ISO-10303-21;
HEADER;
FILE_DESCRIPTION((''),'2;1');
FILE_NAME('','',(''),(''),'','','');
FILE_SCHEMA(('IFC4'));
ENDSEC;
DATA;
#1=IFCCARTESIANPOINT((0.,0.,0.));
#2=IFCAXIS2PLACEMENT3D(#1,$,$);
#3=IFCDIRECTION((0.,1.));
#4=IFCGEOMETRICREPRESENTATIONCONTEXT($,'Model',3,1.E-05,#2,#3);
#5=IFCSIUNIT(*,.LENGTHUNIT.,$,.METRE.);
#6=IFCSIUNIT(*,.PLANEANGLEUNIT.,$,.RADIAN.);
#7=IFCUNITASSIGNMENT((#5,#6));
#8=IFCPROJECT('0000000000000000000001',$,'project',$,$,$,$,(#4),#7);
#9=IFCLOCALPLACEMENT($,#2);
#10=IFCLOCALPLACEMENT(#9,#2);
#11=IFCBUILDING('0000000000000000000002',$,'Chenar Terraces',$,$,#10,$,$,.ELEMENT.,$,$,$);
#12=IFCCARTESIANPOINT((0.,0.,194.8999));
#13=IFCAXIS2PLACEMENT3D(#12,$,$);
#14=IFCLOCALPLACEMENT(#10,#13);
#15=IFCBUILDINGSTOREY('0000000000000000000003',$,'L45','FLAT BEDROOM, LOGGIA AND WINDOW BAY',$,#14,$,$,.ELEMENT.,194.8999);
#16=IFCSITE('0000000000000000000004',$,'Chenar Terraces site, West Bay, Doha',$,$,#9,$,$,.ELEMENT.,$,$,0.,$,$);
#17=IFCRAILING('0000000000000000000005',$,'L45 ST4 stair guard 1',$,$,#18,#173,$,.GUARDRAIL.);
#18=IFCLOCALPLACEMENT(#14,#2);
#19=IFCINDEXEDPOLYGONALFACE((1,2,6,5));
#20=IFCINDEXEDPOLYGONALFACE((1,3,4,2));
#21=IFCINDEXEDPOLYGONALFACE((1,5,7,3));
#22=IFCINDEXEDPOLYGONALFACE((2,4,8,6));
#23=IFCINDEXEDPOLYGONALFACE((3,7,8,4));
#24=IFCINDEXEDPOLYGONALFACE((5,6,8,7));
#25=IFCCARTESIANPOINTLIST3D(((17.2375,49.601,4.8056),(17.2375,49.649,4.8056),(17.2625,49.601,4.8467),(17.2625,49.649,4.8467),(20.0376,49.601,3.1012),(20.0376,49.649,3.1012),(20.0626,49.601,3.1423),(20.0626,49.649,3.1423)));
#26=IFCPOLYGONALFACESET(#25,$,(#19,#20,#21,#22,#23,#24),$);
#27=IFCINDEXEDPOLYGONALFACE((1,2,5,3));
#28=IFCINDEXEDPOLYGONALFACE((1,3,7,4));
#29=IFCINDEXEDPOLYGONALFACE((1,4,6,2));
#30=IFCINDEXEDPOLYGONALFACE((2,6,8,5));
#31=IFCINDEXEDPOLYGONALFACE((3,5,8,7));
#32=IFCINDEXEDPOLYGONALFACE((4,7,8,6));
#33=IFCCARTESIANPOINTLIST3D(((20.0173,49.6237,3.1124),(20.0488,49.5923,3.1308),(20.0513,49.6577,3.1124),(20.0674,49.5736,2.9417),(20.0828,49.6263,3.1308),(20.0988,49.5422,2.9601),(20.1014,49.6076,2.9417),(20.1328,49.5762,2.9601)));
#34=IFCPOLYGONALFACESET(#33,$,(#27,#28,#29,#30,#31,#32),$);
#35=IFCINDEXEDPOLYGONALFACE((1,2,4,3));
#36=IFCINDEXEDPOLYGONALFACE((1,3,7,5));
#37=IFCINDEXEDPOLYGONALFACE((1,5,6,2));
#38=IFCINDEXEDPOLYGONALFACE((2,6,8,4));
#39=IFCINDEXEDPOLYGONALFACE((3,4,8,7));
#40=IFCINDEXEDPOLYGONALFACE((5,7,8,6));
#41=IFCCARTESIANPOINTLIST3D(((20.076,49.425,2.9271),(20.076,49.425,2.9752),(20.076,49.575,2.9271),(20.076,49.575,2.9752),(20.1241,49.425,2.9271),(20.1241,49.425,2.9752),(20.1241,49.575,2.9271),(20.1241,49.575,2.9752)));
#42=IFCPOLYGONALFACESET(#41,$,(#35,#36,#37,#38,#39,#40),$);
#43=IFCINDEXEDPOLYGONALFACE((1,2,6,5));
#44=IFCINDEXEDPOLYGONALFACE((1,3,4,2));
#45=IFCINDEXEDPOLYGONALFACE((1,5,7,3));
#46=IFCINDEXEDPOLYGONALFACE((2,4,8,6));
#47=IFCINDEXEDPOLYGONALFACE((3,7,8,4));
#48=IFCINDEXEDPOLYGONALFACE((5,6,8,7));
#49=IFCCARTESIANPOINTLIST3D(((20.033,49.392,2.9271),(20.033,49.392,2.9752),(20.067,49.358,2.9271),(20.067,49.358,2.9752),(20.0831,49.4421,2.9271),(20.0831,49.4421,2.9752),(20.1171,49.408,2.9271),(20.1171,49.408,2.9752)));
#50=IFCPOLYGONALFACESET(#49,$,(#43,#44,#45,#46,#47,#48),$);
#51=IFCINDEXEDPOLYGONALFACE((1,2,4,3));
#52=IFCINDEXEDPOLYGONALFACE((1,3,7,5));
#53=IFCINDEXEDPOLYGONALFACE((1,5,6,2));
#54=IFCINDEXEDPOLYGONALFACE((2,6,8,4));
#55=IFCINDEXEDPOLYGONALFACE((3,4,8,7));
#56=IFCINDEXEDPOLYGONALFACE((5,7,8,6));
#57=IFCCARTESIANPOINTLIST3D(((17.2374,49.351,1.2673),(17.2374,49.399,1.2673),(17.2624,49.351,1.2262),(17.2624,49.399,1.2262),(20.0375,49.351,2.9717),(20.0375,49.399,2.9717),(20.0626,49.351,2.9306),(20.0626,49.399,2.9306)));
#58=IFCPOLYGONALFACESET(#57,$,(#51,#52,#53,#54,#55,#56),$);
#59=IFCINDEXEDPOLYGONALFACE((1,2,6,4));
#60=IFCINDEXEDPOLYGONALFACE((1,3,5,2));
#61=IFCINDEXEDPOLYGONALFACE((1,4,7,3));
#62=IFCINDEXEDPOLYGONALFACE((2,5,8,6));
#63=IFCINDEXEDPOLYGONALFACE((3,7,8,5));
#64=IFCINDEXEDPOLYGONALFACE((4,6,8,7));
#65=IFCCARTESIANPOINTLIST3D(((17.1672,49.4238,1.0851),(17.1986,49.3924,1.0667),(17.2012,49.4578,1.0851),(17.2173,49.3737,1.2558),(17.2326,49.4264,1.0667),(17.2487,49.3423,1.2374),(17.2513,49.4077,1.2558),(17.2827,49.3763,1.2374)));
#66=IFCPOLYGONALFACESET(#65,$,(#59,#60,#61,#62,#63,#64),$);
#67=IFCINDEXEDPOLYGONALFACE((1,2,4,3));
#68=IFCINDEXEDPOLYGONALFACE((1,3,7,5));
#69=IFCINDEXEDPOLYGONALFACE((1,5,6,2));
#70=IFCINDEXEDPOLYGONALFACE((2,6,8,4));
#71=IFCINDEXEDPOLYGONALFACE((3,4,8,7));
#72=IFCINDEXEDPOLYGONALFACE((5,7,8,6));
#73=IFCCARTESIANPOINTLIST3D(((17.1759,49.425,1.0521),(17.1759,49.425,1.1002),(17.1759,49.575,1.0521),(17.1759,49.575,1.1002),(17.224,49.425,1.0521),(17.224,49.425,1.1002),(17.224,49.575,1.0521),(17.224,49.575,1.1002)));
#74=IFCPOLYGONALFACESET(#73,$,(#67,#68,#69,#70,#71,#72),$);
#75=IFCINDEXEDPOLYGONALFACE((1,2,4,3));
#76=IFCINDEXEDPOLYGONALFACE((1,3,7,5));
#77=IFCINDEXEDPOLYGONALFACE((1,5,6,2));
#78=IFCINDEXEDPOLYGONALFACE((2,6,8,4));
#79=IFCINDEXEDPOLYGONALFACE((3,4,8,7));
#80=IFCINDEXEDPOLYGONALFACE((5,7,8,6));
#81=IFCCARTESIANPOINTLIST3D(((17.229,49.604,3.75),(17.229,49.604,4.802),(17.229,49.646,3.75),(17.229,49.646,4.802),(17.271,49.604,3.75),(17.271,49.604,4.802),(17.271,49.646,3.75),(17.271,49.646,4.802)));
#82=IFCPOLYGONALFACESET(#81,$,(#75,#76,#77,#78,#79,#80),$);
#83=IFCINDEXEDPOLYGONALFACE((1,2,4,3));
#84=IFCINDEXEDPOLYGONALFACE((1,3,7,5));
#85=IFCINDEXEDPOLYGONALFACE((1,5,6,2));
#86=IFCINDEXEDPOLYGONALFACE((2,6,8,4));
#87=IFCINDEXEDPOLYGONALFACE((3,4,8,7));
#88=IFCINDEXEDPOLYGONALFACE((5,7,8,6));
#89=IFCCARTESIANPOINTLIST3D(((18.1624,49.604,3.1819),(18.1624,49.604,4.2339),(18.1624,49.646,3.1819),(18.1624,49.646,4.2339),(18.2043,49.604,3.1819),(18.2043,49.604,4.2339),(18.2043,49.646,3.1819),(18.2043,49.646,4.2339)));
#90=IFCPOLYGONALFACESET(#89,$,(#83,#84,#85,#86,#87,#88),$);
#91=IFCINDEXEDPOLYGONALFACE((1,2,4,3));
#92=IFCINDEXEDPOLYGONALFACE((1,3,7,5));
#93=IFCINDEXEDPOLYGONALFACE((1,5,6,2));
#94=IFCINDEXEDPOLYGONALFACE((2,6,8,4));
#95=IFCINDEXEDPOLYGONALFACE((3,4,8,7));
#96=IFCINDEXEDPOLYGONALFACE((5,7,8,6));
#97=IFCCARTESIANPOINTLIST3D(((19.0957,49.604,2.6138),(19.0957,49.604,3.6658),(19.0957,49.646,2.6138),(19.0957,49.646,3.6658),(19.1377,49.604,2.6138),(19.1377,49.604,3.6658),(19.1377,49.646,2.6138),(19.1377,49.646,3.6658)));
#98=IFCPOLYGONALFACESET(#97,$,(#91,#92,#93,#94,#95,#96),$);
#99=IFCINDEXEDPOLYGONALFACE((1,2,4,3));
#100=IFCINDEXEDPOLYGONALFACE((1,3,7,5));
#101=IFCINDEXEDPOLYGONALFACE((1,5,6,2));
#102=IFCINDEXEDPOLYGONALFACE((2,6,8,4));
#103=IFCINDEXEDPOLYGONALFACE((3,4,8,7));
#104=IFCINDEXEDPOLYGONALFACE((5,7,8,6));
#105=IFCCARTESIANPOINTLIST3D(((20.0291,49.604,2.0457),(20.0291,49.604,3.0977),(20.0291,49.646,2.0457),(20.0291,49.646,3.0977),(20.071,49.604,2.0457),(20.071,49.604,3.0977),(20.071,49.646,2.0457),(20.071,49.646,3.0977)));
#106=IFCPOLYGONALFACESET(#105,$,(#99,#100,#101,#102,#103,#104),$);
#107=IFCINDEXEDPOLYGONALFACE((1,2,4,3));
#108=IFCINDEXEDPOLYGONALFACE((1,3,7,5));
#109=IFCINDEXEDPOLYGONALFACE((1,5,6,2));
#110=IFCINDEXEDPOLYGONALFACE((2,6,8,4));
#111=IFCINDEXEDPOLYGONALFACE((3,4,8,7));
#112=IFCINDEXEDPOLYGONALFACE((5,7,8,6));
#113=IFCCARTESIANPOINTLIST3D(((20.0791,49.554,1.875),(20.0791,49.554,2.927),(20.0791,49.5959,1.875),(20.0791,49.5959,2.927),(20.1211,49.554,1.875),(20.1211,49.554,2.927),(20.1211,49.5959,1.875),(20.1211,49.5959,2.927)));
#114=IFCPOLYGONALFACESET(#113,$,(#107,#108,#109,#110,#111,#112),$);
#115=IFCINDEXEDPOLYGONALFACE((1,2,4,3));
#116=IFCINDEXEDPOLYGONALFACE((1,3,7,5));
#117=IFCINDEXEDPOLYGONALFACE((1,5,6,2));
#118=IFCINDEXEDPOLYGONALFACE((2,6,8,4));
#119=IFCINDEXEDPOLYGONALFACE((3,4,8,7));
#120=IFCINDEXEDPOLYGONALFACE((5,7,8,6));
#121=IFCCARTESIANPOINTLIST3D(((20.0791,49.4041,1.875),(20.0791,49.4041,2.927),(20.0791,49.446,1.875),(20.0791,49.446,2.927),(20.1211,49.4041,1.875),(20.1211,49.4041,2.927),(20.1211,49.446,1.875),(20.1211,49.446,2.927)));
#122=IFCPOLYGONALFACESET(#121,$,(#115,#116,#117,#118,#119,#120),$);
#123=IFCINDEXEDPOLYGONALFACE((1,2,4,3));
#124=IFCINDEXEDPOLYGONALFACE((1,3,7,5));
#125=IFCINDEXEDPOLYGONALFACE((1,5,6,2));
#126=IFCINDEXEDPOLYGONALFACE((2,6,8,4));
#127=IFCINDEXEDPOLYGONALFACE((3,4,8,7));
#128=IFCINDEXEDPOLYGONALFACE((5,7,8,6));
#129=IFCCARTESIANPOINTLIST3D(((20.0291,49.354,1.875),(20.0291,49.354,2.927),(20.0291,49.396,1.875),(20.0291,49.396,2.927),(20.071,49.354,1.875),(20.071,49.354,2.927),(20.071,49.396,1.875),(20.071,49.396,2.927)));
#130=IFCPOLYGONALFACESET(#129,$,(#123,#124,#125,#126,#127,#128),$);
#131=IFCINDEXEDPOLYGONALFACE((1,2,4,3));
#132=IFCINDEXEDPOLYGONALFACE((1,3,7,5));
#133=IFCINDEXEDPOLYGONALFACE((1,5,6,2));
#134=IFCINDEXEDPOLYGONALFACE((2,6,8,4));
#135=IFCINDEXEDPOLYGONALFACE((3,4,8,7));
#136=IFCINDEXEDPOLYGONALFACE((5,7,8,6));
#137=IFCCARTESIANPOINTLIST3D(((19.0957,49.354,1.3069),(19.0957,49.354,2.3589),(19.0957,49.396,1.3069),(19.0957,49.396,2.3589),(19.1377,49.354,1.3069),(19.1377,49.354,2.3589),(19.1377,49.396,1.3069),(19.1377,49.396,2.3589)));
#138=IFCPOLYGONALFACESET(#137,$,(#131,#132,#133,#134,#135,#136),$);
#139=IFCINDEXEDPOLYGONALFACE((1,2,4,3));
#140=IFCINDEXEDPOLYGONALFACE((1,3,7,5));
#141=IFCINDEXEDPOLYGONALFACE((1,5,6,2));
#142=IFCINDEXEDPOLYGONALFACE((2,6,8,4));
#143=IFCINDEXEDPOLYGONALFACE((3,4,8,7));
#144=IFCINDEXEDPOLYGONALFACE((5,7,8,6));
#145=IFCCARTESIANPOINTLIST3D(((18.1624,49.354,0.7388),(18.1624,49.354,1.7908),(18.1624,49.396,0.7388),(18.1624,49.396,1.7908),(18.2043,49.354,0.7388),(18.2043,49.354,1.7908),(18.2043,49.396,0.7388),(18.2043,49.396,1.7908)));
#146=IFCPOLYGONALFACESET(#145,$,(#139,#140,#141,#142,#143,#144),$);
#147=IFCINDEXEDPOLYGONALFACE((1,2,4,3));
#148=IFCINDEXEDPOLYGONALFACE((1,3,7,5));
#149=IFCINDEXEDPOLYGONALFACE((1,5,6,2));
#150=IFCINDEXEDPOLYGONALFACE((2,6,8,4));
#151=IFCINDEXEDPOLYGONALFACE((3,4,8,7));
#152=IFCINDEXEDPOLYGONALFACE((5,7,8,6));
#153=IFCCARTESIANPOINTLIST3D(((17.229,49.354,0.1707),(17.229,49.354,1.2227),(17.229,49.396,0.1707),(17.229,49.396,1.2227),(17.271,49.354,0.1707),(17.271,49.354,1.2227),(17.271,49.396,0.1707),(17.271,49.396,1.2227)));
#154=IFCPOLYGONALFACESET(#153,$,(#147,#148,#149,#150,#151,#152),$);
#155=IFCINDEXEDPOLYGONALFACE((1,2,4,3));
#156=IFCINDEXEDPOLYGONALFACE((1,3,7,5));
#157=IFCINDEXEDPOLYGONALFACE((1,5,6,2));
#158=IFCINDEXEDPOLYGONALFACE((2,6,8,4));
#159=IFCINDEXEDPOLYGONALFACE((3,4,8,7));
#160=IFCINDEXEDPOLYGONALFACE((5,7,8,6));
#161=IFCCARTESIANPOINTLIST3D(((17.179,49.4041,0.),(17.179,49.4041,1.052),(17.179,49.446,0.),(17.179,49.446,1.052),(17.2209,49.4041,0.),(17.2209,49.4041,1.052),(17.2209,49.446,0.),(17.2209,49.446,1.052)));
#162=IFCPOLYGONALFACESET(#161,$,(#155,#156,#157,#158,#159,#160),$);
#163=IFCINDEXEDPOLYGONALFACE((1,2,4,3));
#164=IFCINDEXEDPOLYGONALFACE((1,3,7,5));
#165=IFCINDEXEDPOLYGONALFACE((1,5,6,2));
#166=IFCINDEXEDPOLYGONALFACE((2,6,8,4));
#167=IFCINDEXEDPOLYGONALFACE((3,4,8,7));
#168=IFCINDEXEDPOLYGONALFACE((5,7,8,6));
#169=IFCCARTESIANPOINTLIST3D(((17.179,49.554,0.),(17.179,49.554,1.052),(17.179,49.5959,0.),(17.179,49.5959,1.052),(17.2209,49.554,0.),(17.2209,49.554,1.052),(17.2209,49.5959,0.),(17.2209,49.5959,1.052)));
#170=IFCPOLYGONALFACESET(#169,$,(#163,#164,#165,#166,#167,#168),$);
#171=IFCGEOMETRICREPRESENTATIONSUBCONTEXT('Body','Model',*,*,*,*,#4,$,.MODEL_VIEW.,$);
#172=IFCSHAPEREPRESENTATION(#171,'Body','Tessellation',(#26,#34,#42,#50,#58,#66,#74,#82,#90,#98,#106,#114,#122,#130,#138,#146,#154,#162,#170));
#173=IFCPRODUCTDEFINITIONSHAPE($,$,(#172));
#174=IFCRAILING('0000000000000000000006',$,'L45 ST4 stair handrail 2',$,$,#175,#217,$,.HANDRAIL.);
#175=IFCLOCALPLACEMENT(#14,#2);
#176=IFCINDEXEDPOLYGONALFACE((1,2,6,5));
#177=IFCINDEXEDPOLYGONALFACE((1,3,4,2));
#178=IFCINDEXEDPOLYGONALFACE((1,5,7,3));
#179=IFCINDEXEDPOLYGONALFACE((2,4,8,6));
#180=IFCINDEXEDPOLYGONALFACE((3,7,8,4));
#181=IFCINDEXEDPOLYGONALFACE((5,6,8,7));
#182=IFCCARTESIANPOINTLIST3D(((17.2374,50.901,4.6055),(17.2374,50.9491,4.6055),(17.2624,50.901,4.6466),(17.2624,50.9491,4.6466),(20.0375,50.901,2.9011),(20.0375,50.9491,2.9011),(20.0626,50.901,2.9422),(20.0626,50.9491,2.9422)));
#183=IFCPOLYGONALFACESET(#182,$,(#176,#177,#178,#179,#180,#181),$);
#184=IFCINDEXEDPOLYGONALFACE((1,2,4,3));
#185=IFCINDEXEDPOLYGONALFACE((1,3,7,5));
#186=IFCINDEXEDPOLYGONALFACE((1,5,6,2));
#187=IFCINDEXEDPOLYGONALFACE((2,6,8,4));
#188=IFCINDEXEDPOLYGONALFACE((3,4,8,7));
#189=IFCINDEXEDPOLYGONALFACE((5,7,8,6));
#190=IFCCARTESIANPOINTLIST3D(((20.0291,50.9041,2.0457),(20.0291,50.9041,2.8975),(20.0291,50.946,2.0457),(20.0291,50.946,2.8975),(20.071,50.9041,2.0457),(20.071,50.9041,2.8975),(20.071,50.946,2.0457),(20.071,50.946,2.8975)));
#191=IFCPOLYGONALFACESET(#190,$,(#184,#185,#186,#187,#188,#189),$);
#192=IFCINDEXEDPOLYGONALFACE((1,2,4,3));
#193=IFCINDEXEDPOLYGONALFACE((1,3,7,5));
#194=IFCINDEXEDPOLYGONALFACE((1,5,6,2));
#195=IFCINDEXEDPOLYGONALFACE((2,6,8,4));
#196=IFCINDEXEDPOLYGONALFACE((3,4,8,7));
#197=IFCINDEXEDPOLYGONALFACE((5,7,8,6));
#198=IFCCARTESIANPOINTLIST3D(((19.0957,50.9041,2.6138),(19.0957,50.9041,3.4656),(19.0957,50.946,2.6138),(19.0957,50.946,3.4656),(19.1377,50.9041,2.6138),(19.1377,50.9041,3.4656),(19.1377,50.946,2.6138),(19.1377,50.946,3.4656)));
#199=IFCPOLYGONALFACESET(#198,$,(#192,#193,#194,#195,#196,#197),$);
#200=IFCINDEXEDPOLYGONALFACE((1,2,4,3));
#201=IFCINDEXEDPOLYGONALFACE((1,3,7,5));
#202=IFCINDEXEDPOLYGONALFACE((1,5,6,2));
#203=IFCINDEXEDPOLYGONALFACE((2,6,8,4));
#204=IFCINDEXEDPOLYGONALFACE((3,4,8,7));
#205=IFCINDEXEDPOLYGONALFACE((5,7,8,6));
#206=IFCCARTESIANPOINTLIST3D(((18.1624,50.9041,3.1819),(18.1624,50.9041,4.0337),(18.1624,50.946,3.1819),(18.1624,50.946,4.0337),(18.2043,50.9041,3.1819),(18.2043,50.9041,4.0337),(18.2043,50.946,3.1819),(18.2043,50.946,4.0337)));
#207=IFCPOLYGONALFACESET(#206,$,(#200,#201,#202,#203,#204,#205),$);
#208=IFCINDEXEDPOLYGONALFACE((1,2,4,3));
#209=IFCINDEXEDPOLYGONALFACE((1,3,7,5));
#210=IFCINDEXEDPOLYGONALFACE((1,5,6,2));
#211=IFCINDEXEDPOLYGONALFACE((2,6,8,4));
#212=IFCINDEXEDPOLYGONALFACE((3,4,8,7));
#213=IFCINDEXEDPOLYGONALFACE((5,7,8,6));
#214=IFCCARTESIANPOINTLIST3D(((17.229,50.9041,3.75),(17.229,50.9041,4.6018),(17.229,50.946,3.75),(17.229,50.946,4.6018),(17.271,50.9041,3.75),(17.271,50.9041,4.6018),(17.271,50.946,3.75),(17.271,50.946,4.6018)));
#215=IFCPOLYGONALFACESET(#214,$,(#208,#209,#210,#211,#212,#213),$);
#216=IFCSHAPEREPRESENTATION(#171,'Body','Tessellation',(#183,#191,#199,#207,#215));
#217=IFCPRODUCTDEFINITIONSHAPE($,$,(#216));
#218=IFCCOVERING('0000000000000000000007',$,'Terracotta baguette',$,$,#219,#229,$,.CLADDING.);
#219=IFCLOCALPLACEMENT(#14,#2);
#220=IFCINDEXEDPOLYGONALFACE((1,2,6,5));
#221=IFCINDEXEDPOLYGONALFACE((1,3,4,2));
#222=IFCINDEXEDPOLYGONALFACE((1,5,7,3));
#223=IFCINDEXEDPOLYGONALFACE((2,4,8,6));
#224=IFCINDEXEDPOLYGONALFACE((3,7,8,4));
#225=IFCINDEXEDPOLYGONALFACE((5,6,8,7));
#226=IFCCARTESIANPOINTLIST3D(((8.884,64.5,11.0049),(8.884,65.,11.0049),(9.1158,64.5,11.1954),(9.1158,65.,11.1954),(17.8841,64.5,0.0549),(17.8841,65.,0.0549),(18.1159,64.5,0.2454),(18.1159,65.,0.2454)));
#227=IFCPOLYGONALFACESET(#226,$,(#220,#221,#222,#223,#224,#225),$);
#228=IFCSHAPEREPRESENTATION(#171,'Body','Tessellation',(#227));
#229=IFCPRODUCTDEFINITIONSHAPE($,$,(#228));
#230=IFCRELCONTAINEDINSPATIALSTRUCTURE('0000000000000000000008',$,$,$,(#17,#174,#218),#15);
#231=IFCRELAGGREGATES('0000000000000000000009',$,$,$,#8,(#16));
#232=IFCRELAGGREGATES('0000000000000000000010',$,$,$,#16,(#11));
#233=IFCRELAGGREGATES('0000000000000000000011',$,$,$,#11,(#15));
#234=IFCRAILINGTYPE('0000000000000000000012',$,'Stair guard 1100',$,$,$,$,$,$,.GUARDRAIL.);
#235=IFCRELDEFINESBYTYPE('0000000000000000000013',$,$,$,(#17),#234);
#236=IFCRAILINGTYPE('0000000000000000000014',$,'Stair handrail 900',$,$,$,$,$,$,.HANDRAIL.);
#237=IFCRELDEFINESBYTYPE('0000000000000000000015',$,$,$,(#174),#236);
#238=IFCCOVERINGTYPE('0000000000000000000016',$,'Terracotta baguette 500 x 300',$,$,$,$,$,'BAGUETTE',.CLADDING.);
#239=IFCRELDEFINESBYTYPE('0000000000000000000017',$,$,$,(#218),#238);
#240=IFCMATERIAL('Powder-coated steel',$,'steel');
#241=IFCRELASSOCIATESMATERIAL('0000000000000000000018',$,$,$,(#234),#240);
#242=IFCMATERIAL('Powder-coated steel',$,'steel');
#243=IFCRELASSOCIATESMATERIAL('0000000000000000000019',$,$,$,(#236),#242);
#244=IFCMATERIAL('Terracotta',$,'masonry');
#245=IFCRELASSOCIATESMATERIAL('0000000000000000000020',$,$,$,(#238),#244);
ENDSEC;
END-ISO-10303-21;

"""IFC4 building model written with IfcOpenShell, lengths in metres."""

from ifc_helpers import new_model, si_unit, direction, frame, origin, origin_2d, place, context, subcontext, project, spatial, rectangle, extrude, material, material_profile, profile_set, type_object, element, save


model = new_model("IFC4")

# Units and contexts
model_context = context("Model", 3, precision=1e-05, world=origin(), true_north=direction((0.0, 1.0)))
body_context = subcontext(model_context, "Body", "Model", "MODEL_VIEW")
ifc_project = project(units=[si_unit("LENGTHUNIT", "METRE"), si_unit("PLANEANGLEUNIT", "RADIAN")], contexts=[model_context])

# Site, building, storey
site_placement = place(None, origin())
site = spatial("IfcSite", under=ifc_project, at=site_placement, Name="Chenar Terraces site, West Bay, Doha", CompositionType="ELEMENT", RefElevation=0.0)
building_placement = place(site_placement, origin())
building = spatial("IfcBuilding", under=site, at=building_placement, Name="Chenar Terraces", CompositionType="ELEMENT")
storey_placement = place(building_placement, frame((0.0, 0.0, 194.8999)))
storey = spatial("IfcBuildingStorey", under=building, at=storey_placement, Name="L45", Description="FLAT BEDROOM, LOGGIA AND WINDOW BAY", CompositionType="ELEMENT", Elevation=194.8999)

# Railings
ifc_material_1 = material(Name="Powder-coated steel", Category="steel")
railing_type_1 = type_object("IfcRailingType", Name="Stair guard 1100", PredefinedType="GUARDRAIL", material=ifc_material_1)
railing_1_placement = place(storey_placement, frame((17.25, 49.625, 3.75)))
element("IfcRailing", 1, at=railing_1_placement, inside=storey, type_object=railing_type_1, Name="L45 ST4 stair guard 1", PredefinedType="GUARDRAIL", context=body_context, shape_type="SweptSolid", body=[
    extrude(rectangle(XDim=0.0481, YDim=0.0481, at=origin_2d()), frame((0.0, 0.0, 1.0762), z_axis=(0.854203, 0.0, -0.51994), x_axis=(0.0, 1.0, 0.0)), (0.0, 0.0, 1.0), 3.2781),
    extrude(rectangle(XDim=0.0481, YDim=0.0481, at=origin_2d()), frame((2.8, 0.0, -0.6284), z_axis=(0.2709, -0.2709, -0.923703), x_axis=(0.707107, 0.707107, 0.0)), (0.0, 0.0, 1.0), 0.1848),
    extrude(rectangle(XDim=0.0481, YDim=0.0481, at=origin_2d()), frame((2.8501, -0.05, -0.7988), z_axis=(0.0, -1.0, 0.0), x_axis=(1.0, 0.0, 0.0)), (0.0, 0.0, 1.0), 0.1499),
    extrude(rectangle(XDim=0.0481, YDim=0.0481, at=origin_2d()), frame((2.8501, -0.2, -0.7988), z_axis=(-0.707107, -0.707107, 0.0), x_axis=(0.707107, -0.707107, 0.0)), (0.0, 0.0, 1.0), 0.0708),
    extrude(rectangle(XDim=0.0481, YDim=0.0481, at=origin_2d()), frame((2.8, -0.25, -0.7988), z_axis=(-0.854203, 0.0, -0.51994), x_axis=(0.0, -1.0, 0.0)), (0.0, 0.0, 1.0), 3.2781),
    extrude(rectangle(XDim=0.0481, YDim=0.0481, at=origin_2d()), frame((0.0, -0.25, -2.5034), z_axis=(-0.2709, 0.2709, -0.923703), x_axis=(-0.707107, -0.707107, 0.0)), (0.0, 0.0, 1.0), 0.1848),
    extrude(rectangle(XDim=0.0481, YDim=0.0481, at=origin_2d()), frame((-0.05, -0.2, -2.6738), z_axis=(0.0, 1.0, 0.0), x_axis=(-1.0, 0.0, 0.0)), (0.0, 0.0, 1.0), 0.1499),
    extrude(rectangle(XDim=0.042, YDim=0.042, at=origin_2d()), origin(), (0.0, 0.0, 1.0), 1.052),
    extrude(rectangle(XDim=0.042, YDim=0.042, at=origin_2d()), frame((0.9333, 0.0, -0.5681)), (0.0, 0.0, 1.0), 1.052),
    extrude(rectangle(XDim=0.042, YDim=0.042, at=origin_2d()), frame((1.8667, 0.0, -1.1362)), (0.0, 0.0, 1.0), 1.052),
    extrude(rectangle(XDim=0.042, YDim=0.042, at=origin_2d()), frame((2.8, 0.0, -1.7043)), (0.0, 0.0, 1.0), 1.052),
    extrude(rectangle(XDim=0.042, YDim=0.042, at=origin_2d()), frame((2.8501, -0.05, -1.875)), (0.0, 0.0, 1.0), 1.052),
    extrude(rectangle(XDim=0.042, YDim=0.042, at=origin_2d()), frame((2.8501, -0.2, -1.875)), (0.0, 0.0, 1.0), 1.052),
    extrude(rectangle(XDim=0.042, YDim=0.042, at=origin_2d()), frame((2.8, -0.25, -1.875)), (0.0, 0.0, 1.0), 1.052),
    extrude(rectangle(XDim=0.042, YDim=0.042, at=origin_2d()), frame((1.8667, -0.25, -2.4431)), (0.0, 0.0, 1.0), 1.052),
    extrude(rectangle(XDim=0.042, YDim=0.042, at=origin_2d()), frame((0.9333, -0.25, -3.0112)), (0.0, 0.0, 1.0), 1.052),
    extrude(rectangle(XDim=0.042, YDim=0.042, at=origin_2d()), frame((0.0, -0.25, -3.5793)), (0.0, 0.0, 1.0), 1.052),
    extrude(rectangle(XDim=0.042, YDim=0.042, at=origin_2d()), frame((-0.05, -0.2, -3.75)), (0.0, 0.0, 1.0), 1.052),
    extrude(rectangle(XDim=0.042, YDim=0.042, at=origin_2d()), frame((-0.05, -0.05, -3.75)), (0.0, 0.0, 1.0), 1.052),
])
ifc_material_2 = material(Name="Powder-coated steel", Category="steel")
railing_type_2 = type_object("IfcRailingType", Name="Stair handrail 900", PredefinedType="HANDRAIL", material=ifc_material_2)
railing_2_placement = place(storey_placement, frame((20.05, 50.925, 2.0457)))
element("IfcRailing", 2, at=railing_2_placement, inside=storey, type_object=railing_type_2, Name="L45 ST4 stair handrail 2", PredefinedType="HANDRAIL", context=body_context, shape_type="SweptSolid", body=[
    extrude(rectangle(XDim=0.0481, YDim=0.0481, at=origin_2d()), frame((0.0, 0.0, 0.876), z_axis=(-0.854203, 0.0, 0.51994), x_axis=(0.0, -1.0, 0.0)), (0.0, 0.0, 1.0), 3.2781),
    extrude(rectangle(XDim=0.042, YDim=0.042, at=origin_2d()), origin(), (0.0, 0.0, 1.0), 0.8518),
    extrude(rectangle(XDim=0.042, YDim=0.042, at=origin_2d()), frame((-0.9333, 0.0, 0.5681)), (0.0, 0.0, 1.0), 0.8518),
    extrude(rectangle(XDim=0.042, YDim=0.042, at=origin_2d()), frame((-1.8667, 0.0, 1.1362)), (0.0, 0.0, 1.0), 0.8518),
    extrude(rectangle(XDim=0.042, YDim=0.042, at=origin_2d()), frame((-2.8, 0.0, 1.7043)), (0.0, 0.0, 1.0), 0.8518),
])

# Covering
ifc_material_3 = material(Name="Terracotta", Category="masonry")
ifc_material_profile = material_profile(ifc_material_3, rectangle(XDim=0.5, YDim=0.3, at=origin_2d()), Name="Terracotta baguette 500 x 300")
ifc_profile_set = profile_set([ifc_material_profile], Name="Terracotta")
covering_type = type_object("IfcCoveringType", Name="Terracotta baguette 500 x 300", ElementType="BAGUETTE", PredefinedType="CLADDING", material=ifc_profile_set)
covering_placement = place(storey_placement, frame((18.0, 64.75, 0.1501), z_axis=(-0.634967, 0.0, 0.772539), x_axis=(0.0, -1.0, 0.0)))
element("IfcCovering", 3, at=covering_placement, inside=storey, type_object=covering_type, Name="Terracotta baguette", PredefinedType="CLADDING", context=body_context, shape_type="SweptSolid", body=[
    extrude(rectangle(XDim=0.5, YDim=0.3, at=origin_2d()), origin(), (0.0, 0.0, 1.0), 14.1741),
])

save(model, "model.ifc")
